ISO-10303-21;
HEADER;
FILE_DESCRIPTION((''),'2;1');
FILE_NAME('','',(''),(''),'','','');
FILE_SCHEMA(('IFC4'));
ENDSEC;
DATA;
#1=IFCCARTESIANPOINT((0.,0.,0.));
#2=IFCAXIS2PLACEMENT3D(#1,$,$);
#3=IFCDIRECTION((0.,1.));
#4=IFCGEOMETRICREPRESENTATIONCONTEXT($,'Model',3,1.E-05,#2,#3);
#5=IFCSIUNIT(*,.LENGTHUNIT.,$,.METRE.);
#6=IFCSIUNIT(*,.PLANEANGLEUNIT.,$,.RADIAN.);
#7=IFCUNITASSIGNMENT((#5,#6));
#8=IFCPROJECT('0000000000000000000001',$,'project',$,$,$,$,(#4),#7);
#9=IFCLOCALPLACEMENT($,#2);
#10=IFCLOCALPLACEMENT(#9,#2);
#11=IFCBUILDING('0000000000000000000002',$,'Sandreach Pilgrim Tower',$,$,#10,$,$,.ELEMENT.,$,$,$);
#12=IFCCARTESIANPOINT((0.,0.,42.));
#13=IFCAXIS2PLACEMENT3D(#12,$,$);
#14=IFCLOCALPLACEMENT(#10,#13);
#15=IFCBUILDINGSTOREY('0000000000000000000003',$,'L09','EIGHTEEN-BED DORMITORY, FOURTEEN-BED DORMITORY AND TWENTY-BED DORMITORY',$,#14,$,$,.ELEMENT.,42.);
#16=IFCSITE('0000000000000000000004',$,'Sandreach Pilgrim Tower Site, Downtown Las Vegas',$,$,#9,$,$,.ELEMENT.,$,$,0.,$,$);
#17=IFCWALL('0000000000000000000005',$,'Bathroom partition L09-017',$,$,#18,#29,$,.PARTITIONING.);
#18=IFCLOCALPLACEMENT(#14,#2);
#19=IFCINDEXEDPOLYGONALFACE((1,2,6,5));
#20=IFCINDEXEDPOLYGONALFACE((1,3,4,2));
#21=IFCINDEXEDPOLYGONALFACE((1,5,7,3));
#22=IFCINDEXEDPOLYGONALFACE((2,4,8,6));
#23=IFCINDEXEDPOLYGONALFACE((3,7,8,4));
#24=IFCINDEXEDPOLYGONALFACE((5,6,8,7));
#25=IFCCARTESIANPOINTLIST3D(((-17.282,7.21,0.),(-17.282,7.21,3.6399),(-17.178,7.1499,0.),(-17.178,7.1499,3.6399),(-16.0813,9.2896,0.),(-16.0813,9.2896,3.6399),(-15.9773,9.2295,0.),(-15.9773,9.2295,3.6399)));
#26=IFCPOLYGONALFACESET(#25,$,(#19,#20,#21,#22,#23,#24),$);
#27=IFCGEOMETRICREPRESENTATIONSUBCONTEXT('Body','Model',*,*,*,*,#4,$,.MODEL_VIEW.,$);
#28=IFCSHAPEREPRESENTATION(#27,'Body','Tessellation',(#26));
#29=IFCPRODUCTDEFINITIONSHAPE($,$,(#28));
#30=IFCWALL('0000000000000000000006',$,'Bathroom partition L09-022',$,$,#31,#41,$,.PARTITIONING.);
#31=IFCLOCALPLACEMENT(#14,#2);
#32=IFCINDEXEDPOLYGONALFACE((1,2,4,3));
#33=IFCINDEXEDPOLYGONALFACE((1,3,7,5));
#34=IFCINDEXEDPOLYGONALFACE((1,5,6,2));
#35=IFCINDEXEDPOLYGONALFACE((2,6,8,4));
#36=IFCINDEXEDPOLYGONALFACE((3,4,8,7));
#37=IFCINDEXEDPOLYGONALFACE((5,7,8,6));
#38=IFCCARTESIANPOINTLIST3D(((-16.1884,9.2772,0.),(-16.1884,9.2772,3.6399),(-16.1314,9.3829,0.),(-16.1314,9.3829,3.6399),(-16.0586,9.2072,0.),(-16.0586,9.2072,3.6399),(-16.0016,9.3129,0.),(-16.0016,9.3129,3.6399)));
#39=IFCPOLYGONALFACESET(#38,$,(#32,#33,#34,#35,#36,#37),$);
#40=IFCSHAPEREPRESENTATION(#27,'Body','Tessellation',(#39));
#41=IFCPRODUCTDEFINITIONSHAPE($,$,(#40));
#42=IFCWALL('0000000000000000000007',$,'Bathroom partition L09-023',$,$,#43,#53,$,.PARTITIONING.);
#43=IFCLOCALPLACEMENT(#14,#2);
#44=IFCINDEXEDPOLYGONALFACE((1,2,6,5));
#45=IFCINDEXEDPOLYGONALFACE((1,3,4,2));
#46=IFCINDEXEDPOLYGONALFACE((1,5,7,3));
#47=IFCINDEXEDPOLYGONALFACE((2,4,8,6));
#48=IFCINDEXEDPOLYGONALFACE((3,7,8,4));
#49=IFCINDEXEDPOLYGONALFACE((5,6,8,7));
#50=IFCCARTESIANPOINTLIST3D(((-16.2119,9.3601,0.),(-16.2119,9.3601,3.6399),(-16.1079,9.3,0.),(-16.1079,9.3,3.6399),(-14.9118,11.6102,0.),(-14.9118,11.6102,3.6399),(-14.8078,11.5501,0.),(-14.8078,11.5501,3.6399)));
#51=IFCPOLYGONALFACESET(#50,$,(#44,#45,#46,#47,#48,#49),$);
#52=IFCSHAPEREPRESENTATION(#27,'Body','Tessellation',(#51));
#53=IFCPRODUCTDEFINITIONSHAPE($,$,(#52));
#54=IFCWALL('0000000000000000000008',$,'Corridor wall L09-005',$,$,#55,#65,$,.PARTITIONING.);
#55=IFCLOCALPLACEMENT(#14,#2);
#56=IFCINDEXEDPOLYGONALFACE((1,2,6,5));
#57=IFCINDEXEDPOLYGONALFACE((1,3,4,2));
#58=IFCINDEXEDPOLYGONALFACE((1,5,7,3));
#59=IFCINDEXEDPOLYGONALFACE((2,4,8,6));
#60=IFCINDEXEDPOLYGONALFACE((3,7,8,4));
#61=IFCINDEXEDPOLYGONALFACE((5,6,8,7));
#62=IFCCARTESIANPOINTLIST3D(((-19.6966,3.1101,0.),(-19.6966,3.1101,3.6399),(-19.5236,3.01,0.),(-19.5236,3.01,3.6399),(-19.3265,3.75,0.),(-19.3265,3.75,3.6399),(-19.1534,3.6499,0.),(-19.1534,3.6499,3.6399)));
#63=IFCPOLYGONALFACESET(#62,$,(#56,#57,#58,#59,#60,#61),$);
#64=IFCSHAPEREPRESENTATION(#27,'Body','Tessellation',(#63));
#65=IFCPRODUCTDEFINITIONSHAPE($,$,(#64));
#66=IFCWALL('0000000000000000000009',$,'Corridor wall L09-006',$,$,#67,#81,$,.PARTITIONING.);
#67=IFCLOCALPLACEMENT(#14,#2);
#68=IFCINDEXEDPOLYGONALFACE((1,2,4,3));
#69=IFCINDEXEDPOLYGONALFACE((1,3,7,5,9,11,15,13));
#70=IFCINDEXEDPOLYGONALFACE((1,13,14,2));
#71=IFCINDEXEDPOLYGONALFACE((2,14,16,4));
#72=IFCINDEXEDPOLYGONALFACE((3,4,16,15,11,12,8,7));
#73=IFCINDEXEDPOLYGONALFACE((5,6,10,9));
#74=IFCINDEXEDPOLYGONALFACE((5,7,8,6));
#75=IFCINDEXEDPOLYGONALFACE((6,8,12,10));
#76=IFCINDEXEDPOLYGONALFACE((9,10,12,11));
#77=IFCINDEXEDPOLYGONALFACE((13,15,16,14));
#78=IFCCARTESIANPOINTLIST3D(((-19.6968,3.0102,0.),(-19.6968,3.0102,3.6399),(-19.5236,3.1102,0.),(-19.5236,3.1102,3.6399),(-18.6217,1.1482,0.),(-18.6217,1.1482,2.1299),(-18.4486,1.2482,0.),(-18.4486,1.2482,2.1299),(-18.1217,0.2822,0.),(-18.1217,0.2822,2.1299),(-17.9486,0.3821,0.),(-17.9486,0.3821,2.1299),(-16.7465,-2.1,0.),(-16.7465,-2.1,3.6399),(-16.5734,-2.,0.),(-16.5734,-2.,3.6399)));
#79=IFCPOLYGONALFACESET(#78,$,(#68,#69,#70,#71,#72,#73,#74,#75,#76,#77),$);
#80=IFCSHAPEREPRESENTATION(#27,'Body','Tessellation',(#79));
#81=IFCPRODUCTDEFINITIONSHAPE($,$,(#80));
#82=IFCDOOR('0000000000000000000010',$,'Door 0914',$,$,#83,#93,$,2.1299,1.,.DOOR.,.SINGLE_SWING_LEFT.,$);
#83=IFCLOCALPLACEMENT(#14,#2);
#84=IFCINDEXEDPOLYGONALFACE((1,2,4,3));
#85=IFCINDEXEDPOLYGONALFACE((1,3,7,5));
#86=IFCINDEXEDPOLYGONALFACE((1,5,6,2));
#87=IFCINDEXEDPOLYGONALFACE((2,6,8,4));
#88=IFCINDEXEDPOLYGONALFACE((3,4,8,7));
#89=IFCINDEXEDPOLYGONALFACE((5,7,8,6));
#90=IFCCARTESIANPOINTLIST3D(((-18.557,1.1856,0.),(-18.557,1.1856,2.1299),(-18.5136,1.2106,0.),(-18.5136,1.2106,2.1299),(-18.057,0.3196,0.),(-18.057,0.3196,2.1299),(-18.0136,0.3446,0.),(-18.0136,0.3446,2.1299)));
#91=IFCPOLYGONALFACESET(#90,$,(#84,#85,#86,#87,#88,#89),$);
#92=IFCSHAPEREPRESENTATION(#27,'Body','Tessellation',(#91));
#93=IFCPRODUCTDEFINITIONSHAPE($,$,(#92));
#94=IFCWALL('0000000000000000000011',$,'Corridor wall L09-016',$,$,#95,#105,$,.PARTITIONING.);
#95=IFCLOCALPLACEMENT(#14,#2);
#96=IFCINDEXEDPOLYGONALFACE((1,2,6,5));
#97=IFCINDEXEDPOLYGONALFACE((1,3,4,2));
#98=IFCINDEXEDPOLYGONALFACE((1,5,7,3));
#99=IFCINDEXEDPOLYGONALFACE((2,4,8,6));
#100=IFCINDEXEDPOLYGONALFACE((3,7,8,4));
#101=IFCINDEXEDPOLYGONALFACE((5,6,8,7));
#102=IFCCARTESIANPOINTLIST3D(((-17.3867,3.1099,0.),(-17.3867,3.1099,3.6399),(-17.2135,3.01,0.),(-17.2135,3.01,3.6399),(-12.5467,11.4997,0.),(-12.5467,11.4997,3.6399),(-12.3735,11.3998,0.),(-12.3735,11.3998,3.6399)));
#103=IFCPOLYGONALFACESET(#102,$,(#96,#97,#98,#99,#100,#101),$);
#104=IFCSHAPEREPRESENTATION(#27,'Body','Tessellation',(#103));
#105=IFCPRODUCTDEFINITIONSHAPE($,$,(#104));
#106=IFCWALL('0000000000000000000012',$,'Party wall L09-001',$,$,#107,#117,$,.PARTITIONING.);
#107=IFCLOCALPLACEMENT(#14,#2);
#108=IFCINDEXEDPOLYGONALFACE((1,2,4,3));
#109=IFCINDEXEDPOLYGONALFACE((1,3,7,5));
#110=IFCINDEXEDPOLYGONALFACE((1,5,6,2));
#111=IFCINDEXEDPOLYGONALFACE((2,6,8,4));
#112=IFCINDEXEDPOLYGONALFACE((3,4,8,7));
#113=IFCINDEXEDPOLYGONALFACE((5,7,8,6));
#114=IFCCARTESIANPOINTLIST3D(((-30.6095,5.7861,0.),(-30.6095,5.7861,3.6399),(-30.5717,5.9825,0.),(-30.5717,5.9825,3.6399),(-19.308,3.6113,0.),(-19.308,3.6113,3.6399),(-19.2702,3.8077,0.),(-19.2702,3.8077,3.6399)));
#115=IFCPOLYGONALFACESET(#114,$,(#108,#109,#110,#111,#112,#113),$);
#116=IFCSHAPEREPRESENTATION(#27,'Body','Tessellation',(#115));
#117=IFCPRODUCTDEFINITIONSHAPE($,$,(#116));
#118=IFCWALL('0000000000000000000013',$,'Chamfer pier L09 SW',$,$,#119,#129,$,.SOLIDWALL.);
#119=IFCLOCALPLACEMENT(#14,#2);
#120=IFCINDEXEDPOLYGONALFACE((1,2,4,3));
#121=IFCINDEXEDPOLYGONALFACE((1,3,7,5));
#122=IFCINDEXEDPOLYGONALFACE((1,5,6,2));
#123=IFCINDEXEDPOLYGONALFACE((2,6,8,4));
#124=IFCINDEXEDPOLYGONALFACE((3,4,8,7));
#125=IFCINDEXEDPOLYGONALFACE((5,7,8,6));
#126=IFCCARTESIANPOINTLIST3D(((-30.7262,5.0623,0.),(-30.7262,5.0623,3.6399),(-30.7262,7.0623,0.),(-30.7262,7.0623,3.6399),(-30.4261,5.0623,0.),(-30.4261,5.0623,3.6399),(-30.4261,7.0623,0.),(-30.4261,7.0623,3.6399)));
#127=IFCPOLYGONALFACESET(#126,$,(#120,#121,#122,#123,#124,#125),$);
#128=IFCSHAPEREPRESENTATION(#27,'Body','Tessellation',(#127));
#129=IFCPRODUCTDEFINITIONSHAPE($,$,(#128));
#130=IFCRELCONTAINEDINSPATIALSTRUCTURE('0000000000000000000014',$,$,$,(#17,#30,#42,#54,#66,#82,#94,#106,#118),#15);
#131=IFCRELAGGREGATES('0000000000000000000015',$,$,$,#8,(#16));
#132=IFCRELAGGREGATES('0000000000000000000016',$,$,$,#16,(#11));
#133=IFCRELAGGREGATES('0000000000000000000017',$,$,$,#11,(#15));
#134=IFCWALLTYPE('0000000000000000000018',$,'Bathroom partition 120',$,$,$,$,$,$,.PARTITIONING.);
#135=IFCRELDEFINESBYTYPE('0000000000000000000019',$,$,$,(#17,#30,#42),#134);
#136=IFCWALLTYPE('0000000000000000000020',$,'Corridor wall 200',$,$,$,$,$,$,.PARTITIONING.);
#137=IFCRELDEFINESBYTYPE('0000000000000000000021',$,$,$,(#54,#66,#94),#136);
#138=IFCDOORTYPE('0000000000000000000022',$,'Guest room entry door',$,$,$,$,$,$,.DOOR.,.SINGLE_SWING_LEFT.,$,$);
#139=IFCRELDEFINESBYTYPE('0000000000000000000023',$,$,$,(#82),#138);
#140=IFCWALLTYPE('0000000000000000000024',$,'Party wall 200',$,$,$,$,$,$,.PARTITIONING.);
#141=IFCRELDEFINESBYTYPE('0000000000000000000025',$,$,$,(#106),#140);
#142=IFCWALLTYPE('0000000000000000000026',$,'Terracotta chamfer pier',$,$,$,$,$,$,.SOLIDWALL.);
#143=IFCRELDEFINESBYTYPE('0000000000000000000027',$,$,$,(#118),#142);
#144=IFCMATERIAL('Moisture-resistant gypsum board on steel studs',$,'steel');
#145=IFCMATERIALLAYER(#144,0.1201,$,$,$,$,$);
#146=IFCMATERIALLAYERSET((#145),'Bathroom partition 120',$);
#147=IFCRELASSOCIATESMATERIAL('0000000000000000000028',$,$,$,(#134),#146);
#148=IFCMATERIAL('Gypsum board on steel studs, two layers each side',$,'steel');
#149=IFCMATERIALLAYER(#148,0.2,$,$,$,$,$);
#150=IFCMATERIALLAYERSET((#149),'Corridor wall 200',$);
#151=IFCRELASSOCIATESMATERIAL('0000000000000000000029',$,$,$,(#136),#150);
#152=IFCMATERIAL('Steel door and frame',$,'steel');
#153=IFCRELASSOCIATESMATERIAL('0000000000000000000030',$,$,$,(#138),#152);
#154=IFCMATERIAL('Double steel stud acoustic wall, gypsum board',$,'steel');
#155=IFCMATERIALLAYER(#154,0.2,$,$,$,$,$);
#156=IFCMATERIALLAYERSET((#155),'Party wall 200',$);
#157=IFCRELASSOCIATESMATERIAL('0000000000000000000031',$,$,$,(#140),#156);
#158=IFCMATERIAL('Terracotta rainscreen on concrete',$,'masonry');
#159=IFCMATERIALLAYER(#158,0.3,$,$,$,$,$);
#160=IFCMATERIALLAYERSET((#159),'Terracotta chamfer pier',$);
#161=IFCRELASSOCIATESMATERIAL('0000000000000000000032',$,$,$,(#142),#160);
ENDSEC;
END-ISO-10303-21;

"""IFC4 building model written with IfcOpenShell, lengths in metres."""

from ifc_helpers import new_model, si_unit, direction, frame, frame_2d, origin, place, context, subcontext, project, spatial, rectangle, extrude, material, layer, layer_set, type_object, element, fill, save


model = new_model("IFC4")

# Units and contexts
model_context = context("Model", 3, precision=1e-05, world=origin(), true_north=direction((0.0, 1.0)))
body_context = subcontext(model_context, "Body", "Model", "MODEL_VIEW")
ifc_project = project(units=[si_unit("LENGTHUNIT", "METRE"), si_unit("PLANEANGLEUNIT", "RADIAN")], contexts=[model_context])

# Site, building, storey
site_placement = place(None, origin())
site = spatial("IfcSite", under=ifc_project, at=site_placement, Name="Sandreach Pilgrim Tower Site, Downtown Las Vegas", CompositionType="ELEMENT", RefElevation=0.0)
building_placement = place(site_placement, origin())
building = spatial("IfcBuilding", under=site, at=building_placement, Name="Sandreach Pilgrim Tower", CompositionType="ELEMENT")
storey_placement = place(building_placement, frame((0.0, 0.0, 42.0)))
storey = spatial("IfcBuildingStorey", under=building, at=storey_placement, Name="L09", Description="EIGHTEEN-BED DORMITORY, FOURTEEN-BED DORMITORY AND TWENTY-BED DORMITORY", CompositionType="ELEMENT", Elevation=42.0)

# Shared definitions
ifc_material_1 = material(Name="Moisture-resistant gypsum board on steel studs", Category="steel")
ifc_layer_1 = layer(ifc_material_1, 0.1201)
ifc_layer_set_1 = layer_set([ifc_layer_1], Name="Bathroom partition 120")
wall_type_1 = type_object("IfcWallType", Name="Bathroom partition 120", PredefinedType="PARTITIONING", material=ifc_layer_set_1)

# Walls
wall_1_placement = place(storey_placement, frame((-17.23, 7.1799, 0.0), z_axis=(0.0, 0.0, 1.0), x_axis=(0.50001, 0.86602, 0.0)))
element("IfcWall", 1, at=wall_1_placement, inside=storey, type_object=wall_type_1, Name="Bathroom partition L09-017", PredefinedType="PARTITIONING", context=body_context, shape_type="SweptSolid", body=[
    extrude(rectangle(XDim=2.4014, YDim=0.1201, at=frame_2d((1.2007, 0.0))), origin(), (0.0, 0.0, 1.0), 3.6399),
])
wall_2_placement = place(storey_placement, frame((-16.1599, 9.3301, 0.0), z_axis=(0.0, 0.0, 1.0), x_axis=(0.880099, -0.47479, 0.0)))
element("IfcWall", 2, at=wall_2_placement, inside=storey, type_object=wall_type_1, Name="Bathroom partition L09-022", PredefinedType="PARTITIONING", context=body_context, shape_type="SweptSolid", body=[
    extrude(rectangle(XDim=0.1475, YDim=0.1201, at=frame_2d((0.0737, 0.0))), origin(), (0.0, 0.0, 1.0), 3.6399),
])
wall_3_placement = place(storey_placement, frame((-16.1599, 9.3301, 0.0), z_axis=(0.0, 0.0, 1.0), x_axis=(0.500292, 0.865857, 0.0)))
element("IfcWall", 3, at=wall_3_placement, inside=storey, type_object=wall_type_1, Name="Bathroom partition L09-023", PredefinedType="PARTITIONING", context=body_context, shape_type="SweptSolid", body=[
    extrude(rectangle(XDim=2.5986, YDim=0.1201, at=frame_2d((1.2993, 0.0))), origin(), (0.0, 0.0, 1.0), 3.6399),
])
ifc_material_2 = material(Name="Gypsum board on steel studs, two layers each side", Category="steel")
ifc_layer_2 = layer(ifc_material_2, 0.2)
ifc_layer_set_2 = layer_set([ifc_layer_2], Name="Corridor wall 200")
wall_type_2 = type_object("IfcWallType", Name="Corridor wall 200", PredefinedType="PARTITIONING", material=ifc_layer_set_2)
wall_4_placement = place(storey_placement, frame((-19.6101, 3.0601, 0.0), z_axis=(0.0, 0.0, 1.0), x_axis=(0.500685, 0.86563, 0.0)))
element("IfcWall", 4, at=wall_4_placement, inside=storey, type_object=wall_type_2, Name="Corridor wall L09-005", PredefinedType="PARTITIONING", context=body_context, shape_type="SweptSolid", body=[
    extrude(rectangle(XDim=0.7393, YDim=0.2, at=frame_2d((0.3696, 0.0))), origin(), (0.0, 0.0, 1.0), 3.6399),
])

# Wall, opening, door
wall_5_placement = place(storey_placement, frame((-19.6101, 3.0601, 0.0), z_axis=(0.0, 0.0, 1.0), x_axis=(0.499984, -0.866035, 0.0)))
wall_5 = element("IfcWall", 5, at=wall_5_placement, inside=storey, type_object=wall_type_2, Name="Corridor wall L09-006", PredefinedType="PARTITIONING", context=body_context, shape_type="SweptSolid", body=[
    extrude(rectangle(XDim=5.9006, YDim=0.2, at=frame_2d((2.9502, 0.0))), origin(), (0.0, 0.0, 1.0), 3.6399),
])
opening_1_placement = place(wall_5_placement, frame((2.1499, 0.0, 0.0)))
opening_1 = element("IfcOpeningElement", 6, at=opening_1_placement, cuts=wall_5, PredefinedType="OPENING", context=body_context, shape_type="SweptSolid", body=[
    extrude(rectangle(XDim=1.0, YDim=2.1299, at=frame_2d((0.5, 1.0649))), frame((0.0, 0.1001, 0.0), z_axis=(0.0, -1.0, 0.0), x_axis=(1.0, 0.0, 0.0)), (0.0, 0.0, 1.0), 0.2),
])
ifc_material_3 = material(Name="Steel door and frame", Category="steel")
door_type_1 = type_object("IfcDoorType", Name="Guest room entry door", OperationType="SINGLE_SWING_LEFT", PredefinedType="DOOR", material=ifc_material_3)
door_1_placement = place(opening_1_placement, origin())
door_1 = element("IfcDoor", 7, at=door_1_placement, inside=storey, type_object=door_type_1, Name="Door 0914", OperationType="SINGLE_SWING_LEFT", OverallHeight=2.1299, OverallWidth=1.0, PredefinedType="DOOR", context=body_context, shape_type="SweptSolid", body=[
    extrude(rectangle(XDim=1.0, YDim=2.1299, at=frame_2d((0.5, 1.0649))), frame((0.0, 0.0249, 0.0), z_axis=(0.0, -1.0, 0.0), x_axis=(1.0, 0.0, 0.0)), (0.0, 0.0, 1.0), 0.05),
])
fill(opening_1, door_1)

# Walls
wall_6_placement = place(storey_placement, frame((-17.3, 3.0601, 0.0), z_axis=(0.0, 0.0, 1.0), x_axis=(0.499704, 0.866196, 0.0)))
element("IfcWall", 8, at=wall_6_placement, inside=storey, type_object=wall_type_2, Name="Corridor wall L09-016", PredefinedType="PARTITIONING", context=body_context, shape_type="SweptSolid", body=[
    extrude(rectangle(XDim=9.6858, YDim=0.2, at=frame_2d((4.8428, 0.0))), origin(), (0.0, 0.0, 1.0), 3.6399),
])
ifc_material_4 = material(Name="Double steel stud acoustic wall, gypsum board", Category="steel")
ifc_layer_3 = layer(ifc_material_4, 0.2)
ifc_layer_set_3 = layer_set([ifc_layer_3], Name="Party wall 200")
wall_type_3 = type_object("IfcWallType", Name="Party wall 200", PredefinedType="PARTITIONING", material=ifc_layer_set_3)
wall_7_placement = place(storey_placement, frame((-30.5906, 5.8843, 0.0), z_axis=(0.0, 0.0, 1.0), x_axis=(0.981983, -0.188968, 0.0)))
element("IfcWall", 9, at=wall_7_placement, inside=storey, type_object=wall_type_3, Name="Party wall L09-001", PredefinedType="PARTITIONING", context=body_context, shape_type="SweptSolid", body=[
    extrude(rectangle(XDim=11.5088, YDim=0.2, at=frame_2d((5.7544, 0.0))), origin(), (0.0, 0.0, 1.0), 3.6399),
])
ifc_material_5 = material(Name="Terracotta rainscreen on concrete", Category="masonry")
ifc_layer_4 = layer(ifc_material_5, 0.3)
ifc_layer_set_4 = layer_set([ifc_layer_4], Name="Terracotta chamfer pier")
wall_type_4 = type_object("IfcWallType", Name="Terracotta chamfer pier", PredefinedType="SOLIDWALL", material=ifc_layer_set_4)
wall_8_placement = place(storey_placement, frame((-30.5762, 5.0623, 0.0), z_axis=(0.0, 0.0, 1.0), x_axis=(0.0, 1.0, 0.0)))
element("IfcWall", 10, at=wall_8_placement, inside=storey, type_object=wall_type_4, Name="Chamfer pier L09 SW", PredefinedType="SOLIDWALL", context=body_context, shape_type="SweptSolid", body=[
    extrude(rectangle(XDim=2.0, YDim=0.3, at=frame_2d((1.0, 0.0))), origin(), (0.0, 0.0, 1.0), 3.6399),
])

save(model, "model.ifc")
